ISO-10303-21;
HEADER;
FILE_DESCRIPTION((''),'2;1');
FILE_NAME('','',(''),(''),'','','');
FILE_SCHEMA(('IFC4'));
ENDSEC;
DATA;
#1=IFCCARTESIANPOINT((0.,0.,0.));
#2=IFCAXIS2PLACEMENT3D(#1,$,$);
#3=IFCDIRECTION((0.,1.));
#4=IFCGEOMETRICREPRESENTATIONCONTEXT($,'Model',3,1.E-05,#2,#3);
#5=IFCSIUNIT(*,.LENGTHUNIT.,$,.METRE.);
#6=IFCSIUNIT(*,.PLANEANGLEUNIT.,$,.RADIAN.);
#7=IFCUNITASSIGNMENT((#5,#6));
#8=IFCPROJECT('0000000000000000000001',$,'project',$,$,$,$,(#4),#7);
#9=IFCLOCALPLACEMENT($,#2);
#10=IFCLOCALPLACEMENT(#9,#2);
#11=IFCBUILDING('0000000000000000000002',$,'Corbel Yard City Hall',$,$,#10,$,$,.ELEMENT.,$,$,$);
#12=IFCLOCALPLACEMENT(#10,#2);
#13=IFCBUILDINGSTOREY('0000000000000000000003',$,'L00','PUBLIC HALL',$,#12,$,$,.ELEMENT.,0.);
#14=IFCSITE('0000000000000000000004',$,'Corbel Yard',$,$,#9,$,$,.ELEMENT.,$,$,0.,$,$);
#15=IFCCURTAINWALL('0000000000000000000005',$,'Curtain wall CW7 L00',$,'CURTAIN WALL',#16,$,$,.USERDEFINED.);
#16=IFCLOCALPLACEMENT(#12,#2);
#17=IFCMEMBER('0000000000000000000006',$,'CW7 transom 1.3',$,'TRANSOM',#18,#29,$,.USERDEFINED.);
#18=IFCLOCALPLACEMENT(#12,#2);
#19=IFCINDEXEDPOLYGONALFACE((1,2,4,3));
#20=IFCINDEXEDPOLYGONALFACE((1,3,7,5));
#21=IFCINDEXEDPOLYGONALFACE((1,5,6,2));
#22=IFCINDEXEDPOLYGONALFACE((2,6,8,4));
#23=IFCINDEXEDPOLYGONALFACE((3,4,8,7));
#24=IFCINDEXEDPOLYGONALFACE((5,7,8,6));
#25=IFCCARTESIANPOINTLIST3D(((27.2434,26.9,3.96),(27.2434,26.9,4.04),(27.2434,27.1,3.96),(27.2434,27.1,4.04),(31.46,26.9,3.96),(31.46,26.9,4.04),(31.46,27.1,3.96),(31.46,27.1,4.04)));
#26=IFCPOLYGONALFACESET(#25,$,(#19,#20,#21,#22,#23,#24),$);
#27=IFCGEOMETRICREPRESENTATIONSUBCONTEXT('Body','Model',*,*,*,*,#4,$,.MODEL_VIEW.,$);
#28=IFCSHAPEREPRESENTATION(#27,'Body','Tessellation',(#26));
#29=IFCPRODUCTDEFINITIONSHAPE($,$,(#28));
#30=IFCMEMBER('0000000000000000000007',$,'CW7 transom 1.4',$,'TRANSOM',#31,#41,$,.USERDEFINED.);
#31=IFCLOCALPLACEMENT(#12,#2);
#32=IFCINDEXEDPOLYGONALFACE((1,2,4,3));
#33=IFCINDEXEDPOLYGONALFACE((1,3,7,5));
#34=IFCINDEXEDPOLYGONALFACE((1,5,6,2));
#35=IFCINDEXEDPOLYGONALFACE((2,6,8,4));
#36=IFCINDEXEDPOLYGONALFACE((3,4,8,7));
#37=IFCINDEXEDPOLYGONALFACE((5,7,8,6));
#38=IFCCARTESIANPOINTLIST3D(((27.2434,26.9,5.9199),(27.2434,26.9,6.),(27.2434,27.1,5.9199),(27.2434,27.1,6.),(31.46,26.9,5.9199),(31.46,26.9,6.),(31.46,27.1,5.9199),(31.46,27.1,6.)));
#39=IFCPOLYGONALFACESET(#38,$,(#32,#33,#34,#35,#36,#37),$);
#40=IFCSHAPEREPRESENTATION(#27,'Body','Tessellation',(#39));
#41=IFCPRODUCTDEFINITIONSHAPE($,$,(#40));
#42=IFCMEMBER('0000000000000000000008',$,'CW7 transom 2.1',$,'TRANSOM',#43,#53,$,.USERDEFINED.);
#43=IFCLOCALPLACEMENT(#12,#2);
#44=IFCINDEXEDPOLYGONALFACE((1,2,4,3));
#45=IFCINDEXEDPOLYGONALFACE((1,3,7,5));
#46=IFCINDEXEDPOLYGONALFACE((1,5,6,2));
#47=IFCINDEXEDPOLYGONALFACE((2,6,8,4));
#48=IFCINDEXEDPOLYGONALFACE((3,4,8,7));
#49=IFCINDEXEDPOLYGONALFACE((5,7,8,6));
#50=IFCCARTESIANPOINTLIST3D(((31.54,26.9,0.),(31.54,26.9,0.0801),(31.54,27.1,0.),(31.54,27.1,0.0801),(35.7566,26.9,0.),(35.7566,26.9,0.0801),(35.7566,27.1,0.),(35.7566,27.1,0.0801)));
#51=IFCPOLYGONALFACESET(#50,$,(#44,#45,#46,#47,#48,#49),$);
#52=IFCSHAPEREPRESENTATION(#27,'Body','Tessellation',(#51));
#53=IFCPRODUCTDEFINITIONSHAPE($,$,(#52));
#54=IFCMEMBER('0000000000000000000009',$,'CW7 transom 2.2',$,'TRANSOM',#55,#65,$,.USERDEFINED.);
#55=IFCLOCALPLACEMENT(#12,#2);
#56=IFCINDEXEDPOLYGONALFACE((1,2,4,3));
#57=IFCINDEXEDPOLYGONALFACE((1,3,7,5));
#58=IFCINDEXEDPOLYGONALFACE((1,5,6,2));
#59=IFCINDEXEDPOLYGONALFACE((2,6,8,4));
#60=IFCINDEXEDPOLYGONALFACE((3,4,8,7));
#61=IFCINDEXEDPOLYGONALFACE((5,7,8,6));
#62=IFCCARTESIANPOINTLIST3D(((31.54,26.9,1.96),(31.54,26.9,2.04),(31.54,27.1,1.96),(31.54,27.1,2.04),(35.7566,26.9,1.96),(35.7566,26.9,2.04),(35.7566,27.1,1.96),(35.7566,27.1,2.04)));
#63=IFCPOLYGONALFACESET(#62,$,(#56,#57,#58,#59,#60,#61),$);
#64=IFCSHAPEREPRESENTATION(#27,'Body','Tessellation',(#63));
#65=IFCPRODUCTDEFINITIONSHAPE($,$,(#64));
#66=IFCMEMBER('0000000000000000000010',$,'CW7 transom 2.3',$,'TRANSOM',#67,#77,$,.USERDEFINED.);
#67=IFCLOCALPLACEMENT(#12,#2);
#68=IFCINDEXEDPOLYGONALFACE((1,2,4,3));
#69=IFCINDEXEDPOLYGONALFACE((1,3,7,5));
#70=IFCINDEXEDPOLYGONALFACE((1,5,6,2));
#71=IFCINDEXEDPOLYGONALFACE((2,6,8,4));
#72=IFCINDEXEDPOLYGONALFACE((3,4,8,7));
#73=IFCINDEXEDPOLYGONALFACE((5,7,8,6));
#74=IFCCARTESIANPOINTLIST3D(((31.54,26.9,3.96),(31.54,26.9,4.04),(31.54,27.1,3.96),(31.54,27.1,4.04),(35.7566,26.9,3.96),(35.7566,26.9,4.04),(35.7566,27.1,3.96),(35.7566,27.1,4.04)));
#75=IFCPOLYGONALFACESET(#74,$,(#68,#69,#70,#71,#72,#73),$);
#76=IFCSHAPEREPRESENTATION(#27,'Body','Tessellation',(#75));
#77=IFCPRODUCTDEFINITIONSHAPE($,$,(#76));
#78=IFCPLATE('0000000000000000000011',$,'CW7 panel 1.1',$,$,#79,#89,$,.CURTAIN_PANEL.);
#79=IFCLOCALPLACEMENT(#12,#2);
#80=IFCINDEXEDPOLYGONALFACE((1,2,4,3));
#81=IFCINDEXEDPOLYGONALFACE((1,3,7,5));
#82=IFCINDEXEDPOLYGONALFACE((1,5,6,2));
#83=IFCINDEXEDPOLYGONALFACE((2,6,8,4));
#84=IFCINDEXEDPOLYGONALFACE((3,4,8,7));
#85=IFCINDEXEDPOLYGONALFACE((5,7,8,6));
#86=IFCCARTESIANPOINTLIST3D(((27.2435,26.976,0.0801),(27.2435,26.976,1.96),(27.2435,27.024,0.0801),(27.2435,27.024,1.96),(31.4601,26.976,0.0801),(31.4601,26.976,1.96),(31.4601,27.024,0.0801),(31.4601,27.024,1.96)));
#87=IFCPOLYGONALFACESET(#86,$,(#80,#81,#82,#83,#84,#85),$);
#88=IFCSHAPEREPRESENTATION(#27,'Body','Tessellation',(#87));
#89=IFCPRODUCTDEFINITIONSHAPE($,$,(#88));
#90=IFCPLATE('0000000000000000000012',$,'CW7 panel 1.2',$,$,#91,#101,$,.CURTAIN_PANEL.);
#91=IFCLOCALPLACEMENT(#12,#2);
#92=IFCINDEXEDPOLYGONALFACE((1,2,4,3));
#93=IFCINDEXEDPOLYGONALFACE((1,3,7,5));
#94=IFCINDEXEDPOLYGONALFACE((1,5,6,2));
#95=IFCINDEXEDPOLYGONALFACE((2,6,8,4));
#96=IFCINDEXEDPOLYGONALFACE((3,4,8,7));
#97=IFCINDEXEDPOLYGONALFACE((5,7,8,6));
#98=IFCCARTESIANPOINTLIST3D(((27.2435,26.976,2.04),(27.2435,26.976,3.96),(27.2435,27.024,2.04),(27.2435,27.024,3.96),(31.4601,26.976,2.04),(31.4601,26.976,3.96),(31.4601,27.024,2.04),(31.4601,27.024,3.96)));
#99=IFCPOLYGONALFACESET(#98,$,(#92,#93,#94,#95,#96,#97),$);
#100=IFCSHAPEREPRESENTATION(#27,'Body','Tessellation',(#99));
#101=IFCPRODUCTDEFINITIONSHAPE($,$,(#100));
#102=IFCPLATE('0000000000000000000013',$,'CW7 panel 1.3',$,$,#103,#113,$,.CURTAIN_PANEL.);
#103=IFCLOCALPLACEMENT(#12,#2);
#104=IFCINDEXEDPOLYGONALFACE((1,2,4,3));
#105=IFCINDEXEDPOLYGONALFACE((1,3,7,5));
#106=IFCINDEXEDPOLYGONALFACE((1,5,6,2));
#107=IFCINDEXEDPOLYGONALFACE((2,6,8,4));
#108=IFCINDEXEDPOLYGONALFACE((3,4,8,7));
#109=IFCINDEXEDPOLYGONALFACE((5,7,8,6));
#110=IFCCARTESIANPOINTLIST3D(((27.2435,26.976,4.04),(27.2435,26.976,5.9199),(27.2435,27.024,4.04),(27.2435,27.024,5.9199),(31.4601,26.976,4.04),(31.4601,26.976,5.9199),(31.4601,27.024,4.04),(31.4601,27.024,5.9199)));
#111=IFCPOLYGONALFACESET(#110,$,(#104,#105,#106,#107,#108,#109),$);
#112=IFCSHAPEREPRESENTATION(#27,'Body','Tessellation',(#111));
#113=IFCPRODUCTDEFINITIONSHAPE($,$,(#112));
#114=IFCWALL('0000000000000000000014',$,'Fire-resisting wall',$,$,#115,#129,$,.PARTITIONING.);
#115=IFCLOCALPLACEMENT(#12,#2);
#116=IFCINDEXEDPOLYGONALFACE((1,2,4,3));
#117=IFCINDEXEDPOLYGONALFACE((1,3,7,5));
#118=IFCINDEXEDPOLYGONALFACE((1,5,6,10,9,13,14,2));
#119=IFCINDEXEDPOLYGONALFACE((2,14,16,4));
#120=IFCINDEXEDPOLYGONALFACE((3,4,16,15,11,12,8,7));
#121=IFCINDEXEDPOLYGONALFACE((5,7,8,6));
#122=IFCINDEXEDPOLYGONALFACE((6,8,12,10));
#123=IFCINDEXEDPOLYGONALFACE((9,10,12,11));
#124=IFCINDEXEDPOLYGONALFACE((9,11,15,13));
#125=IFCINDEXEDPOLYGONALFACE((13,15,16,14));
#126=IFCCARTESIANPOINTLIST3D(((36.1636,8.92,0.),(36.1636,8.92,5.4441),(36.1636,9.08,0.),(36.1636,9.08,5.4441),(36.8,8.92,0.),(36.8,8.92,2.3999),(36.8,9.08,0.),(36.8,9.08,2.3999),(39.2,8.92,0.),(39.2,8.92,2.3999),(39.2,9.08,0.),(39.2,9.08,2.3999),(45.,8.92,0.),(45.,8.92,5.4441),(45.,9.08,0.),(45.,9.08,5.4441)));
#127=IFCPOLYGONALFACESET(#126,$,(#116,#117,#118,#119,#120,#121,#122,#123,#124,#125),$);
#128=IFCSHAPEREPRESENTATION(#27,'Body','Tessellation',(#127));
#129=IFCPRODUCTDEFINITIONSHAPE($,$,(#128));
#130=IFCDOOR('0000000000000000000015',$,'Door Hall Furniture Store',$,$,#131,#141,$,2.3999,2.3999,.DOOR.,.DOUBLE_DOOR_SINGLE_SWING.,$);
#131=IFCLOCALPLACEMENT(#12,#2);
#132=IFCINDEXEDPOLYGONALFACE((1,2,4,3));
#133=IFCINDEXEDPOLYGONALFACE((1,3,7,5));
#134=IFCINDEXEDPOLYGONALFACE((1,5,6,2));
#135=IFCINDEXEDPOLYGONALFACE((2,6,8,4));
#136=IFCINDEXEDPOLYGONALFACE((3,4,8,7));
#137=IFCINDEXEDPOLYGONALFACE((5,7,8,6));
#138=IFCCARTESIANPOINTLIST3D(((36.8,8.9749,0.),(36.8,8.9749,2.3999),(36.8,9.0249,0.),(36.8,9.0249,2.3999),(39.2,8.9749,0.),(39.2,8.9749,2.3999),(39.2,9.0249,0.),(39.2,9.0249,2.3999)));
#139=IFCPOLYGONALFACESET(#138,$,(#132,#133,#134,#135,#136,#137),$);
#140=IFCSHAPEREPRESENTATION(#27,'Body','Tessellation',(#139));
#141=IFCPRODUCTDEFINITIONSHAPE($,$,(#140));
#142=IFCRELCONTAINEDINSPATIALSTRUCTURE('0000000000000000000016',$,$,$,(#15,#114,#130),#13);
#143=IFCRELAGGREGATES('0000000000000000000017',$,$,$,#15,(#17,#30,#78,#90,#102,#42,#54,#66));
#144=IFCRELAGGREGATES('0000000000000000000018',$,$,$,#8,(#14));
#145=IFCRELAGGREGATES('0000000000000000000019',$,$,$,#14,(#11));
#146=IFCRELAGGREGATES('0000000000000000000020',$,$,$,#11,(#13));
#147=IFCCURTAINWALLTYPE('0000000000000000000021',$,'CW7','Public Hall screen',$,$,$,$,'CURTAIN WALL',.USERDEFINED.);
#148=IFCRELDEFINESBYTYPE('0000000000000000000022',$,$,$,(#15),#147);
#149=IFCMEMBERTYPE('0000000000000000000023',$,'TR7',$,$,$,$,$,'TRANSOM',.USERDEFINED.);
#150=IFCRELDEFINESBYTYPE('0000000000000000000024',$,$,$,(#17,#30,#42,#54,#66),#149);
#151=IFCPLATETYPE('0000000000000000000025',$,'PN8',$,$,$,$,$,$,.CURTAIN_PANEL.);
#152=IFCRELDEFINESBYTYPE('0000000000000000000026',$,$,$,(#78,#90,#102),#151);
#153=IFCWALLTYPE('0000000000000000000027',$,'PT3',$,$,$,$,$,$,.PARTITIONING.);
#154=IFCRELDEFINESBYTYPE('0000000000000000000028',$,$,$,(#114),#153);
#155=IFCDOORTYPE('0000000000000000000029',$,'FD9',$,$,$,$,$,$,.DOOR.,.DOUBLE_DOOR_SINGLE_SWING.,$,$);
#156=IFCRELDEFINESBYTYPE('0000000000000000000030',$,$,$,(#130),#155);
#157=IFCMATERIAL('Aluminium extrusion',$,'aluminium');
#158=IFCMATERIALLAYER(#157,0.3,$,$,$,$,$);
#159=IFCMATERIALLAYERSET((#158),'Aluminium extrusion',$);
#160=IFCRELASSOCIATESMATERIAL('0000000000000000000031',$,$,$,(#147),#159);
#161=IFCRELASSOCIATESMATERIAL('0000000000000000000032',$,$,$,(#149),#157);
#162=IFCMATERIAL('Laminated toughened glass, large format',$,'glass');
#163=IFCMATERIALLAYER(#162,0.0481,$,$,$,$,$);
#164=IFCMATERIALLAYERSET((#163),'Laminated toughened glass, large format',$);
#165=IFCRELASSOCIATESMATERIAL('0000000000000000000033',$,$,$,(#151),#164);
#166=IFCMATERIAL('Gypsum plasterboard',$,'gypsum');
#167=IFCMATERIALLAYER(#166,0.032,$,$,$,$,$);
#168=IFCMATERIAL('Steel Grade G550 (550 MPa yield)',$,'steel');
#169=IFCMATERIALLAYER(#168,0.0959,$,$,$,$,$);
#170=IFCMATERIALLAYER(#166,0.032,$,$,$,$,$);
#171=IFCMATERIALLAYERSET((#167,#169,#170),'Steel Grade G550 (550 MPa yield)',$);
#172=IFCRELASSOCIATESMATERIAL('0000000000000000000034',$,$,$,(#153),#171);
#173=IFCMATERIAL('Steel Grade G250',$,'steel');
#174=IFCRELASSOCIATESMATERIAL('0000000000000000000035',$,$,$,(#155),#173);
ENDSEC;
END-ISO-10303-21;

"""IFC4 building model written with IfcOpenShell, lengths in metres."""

from ifc_helpers import new_model, si_unit, direction, frame, frame_2d, origin, origin_2d, place, context, subcontext, project, spatial, rectangle, extrude, material, layer, layer_set, material_profile, profile_set, type_object, element, fill, aggregate, save


model = new_model("IFC4")

# Units and contexts
model_context = context("Model", 3, precision=1e-05, world=origin(), true_north=direction((0.0, 1.0)))
body_context = subcontext(model_context, "Body", "Model", "MODEL_VIEW")
ifc_project = project(units=[si_unit("LENGTHUNIT", "METRE"), si_unit("PLANEANGLEUNIT", "RADIAN")], contexts=[model_context])

# Site, building, storey
site_placement = place(None, origin())
site = spatial("IfcSite", under=ifc_project, at=site_placement, Name="Corbel Yard", CompositionType="ELEMENT", RefElevation=0.0)
building_placement = place(site_placement, origin())
building = spatial("IfcBuilding", under=site, at=building_placement, Name="Corbel Yard City Hall", CompositionType="ELEMENT")
storey_placement = place(building_placement, origin())
storey = spatial("IfcBuildingStorey", under=building, at=storey_placement, Name="L00", Description="PUBLIC HALL", CompositionType="ELEMENT", Elevation=0.0)

# Curtain wall, members, plates
ifc_material_1 = material(Name="Aluminium extrusion", Category="aluminium")
ifc_layer_1 = layer(ifc_material_1, 0.3)
ifc_layer_set_1 = layer_set([ifc_layer_1], Name="Aluminium extrusion")
curtain_wall_type = type_object("IfcCurtainWallType", Name="CW7", Description="Public Hall screen", ElementType="CURTAIN WALL", PredefinedType="USERDEFINED", material=ifc_layer_set_1)
curtain_wall_placement = place(storey_placement, origin())
curtain_wall = element("IfcCurtainWall", 1, at=curtain_wall_placement, inside=storey, type_object=curtain_wall_type, Name="Curtain wall CW7 L00", ObjectType="CURTAIN WALL", PredefinedType="USERDEFINED")
ifc_material_profile_1 = material_profile(ifc_material_1, rectangle(XDim=0.2, YDim=0.0801, at=origin_2d()), Name="200x80")
ifc_profile_set_1 = profile_set([ifc_material_profile_1], Name="Aluminium extrusion")
member_type_1 = type_object("IfcMemberType", Name="TR7", ElementType="TRANSOM", PredefinedType="USERDEFINED", material=ifc_profile_set_1)
member_1_placement = place(storey_placement, frame((27.2434, 27.0, 4.0), z_axis=(1.0, 0.0, 0.0), x_axis=(0.0, 1.0, 0.0)))
member_1 = element("IfcMember", 2, at=member_1_placement, type_object=member_type_1, Name="CW7 transom 1.3", ObjectType="TRANSOM", PredefinedType="USERDEFINED", context=body_context, shape_type="SweptSolid", body=[
    extrude(rectangle(XDim=0.2, YDim=0.0801, at=origin_2d()), origin(), (0.0, 0.0, 1.0), 4.2166),
])
member_2_placement = place(storey_placement, frame((27.2434, 27.0, 5.96), z_axis=(1.0, 0.0, 0.0), x_axis=(0.0, 1.0, 0.0)))
member_2 = element("IfcMember", 3, at=member_2_placement, type_object=member_type_1, Name="CW7 transom 1.4", ObjectType="TRANSOM", PredefinedType="USERDEFINED", context=body_context, shape_type="SweptSolid", body=[
    extrude(rectangle(XDim=0.2, YDim=0.0801, at=origin_2d()), origin(), (0.0, 0.0, 1.0), 4.2166),
])
member_3_placement = place(storey_placement, frame((31.54, 27.0, 0.04), z_axis=(1.0, 0.0, 0.0), x_axis=(0.0, 1.0, 0.0)))
member_3 = element("IfcMember", 4, at=member_3_placement, type_object=member_type_1, Name="CW7 transom 2.1", ObjectType="TRANSOM", PredefinedType="USERDEFINED", context=body_context, shape_type="SweptSolid", body=[
    extrude(rectangle(XDim=0.2, YDim=0.0801, at=origin_2d()), origin(), (0.0, 0.0, 1.0), 4.2166),
])
member_4_placement = place(storey_placement, frame((31.54, 27.0, 2.0), z_axis=(1.0, 0.0, 0.0), x_axis=(0.0, 1.0, 0.0)))
member_4 = element("IfcMember", 5, at=member_4_placement, type_object=member_type_1, Name="CW7 transom 2.2", ObjectType="TRANSOM", PredefinedType="USERDEFINED", context=body_context, shape_type="SweptSolid", body=[
    extrude(rectangle(XDim=0.2, YDim=0.0801, at=origin_2d()), origin(), (0.0, 0.0, 1.0), 4.2166),
])
member_5_placement = place(storey_placement, frame((31.54, 27.0, 4.0), z_axis=(1.0, 0.0, 0.0), x_axis=(0.0, 1.0, 0.0)))
member_5 = element("IfcMember", 6, at=member_5_placement, type_object=member_type_1, Name="CW7 transom 2.3", ObjectType="TRANSOM", PredefinedType="USERDEFINED", context=body_context, shape_type="SweptSolid", body=[
    extrude(rectangle(XDim=0.2, YDim=0.0801, at=origin_2d()), origin(), (0.0, 0.0, 1.0), 4.2166),
])
ifc_material_2 = material(Name="Laminated toughened glass, large format", Category="glass")
ifc_layer_2 = layer(ifc_material_2, 0.0481)
ifc_layer_set_2 = layer_set([ifc_layer_2], Name="Laminated toughened glass, large format")
plate_type = type_object("IfcPlateType", Name="PN8", PredefinedType="CURTAIN_PANEL", material=ifc_layer_set_2)
plate_1_placement = place(storey_placement, frame((29.3518, 27.0, 0.0801), z_axis=(0.0, 0.0, 1.0), x_axis=(1.0, 0.0, 0.0)))
plate_1 = element("IfcPlate", 7, at=plate_1_placement, type_object=plate_type, Name="CW7 panel 1.1", PredefinedType="CURTAIN_PANEL", context=body_context, shape_type="SweptSolid", body=[
    extrude(rectangle(XDim=4.2166, YDim=0.0481, at=origin_2d()), origin(), (0.0, 0.0, 1.0), 1.8799),
])
plate_2_placement = place(storey_placement, frame((29.3518, 27.0, 2.04), z_axis=(0.0, 0.0, 1.0), x_axis=(1.0, 0.0, 0.0)))
plate_2 = element("IfcPlate", 8, at=plate_2_placement, type_object=plate_type, Name="CW7 panel 1.2", PredefinedType="CURTAIN_PANEL", context=body_context, shape_type="SweptSolid", body=[
    extrude(rectangle(XDim=4.2166, YDim=0.0481, at=origin_2d()), origin(), (0.0, 0.0, 1.0), 1.9199),
])
plate_3_placement = place(storey_placement, frame((29.3518, 27.0, 4.04), z_axis=(0.0, 0.0, 1.0), x_axis=(1.0, 0.0, 0.0)))
plate_3 = element("IfcPlate", 9, at=plate_3_placement, type_object=plate_type, Name="CW7 panel 1.3", PredefinedType="CURTAIN_PANEL", context=body_context, shape_type="SweptSolid", body=[
    extrude(rectangle(XDim=4.2166, YDim=0.0481, at=origin_2d()), origin(), (0.0, 0.0, 1.0), 1.8799),
])
aggregate(curtain_wall, [member_1, member_2, plate_1, plate_2, plate_3, member_3, member_4, member_5])

# Wall, opening, door
ifc_material_3 = material(Name="Gypsum plasterboard", Category="gypsum")
ifc_layer_3 = layer(ifc_material_3, 0.032)
ifc_material_4 = material(Name="Steel Grade G550 (550 MPa yield)", Category="steel")
ifc_layer_4 = layer(ifc_material_4, 0.0959)
ifc_layer_5 = layer(ifc_material_3, 0.032)
ifc_layer_set_3 = layer_set([ifc_layer_3, ifc_layer_4, ifc_layer_5], Name="Steel Grade G550 (550 MPa yield)")
wall_type = type_object("IfcWallType", Name="PT3", PredefinedType="PARTITIONING", material=ifc_layer_set_3)
wall_placement = place(storey_placement, frame((36.1636, 9.0, 0.0), z_axis=(0.0, 0.0, 1.0), x_axis=(1.0, 0.0, 0.0)))
wall = element("IfcWall", 10, at=wall_placement, inside=storey, type_object=wall_type, Name="Fire-resisting wall", PredefinedType="PARTITIONING", context=body_context, shape_type="SweptSolid", body=[
    extrude(rectangle(XDim=8.8364, YDim=0.1599, at=frame_2d((4.4182, 0.0))), origin(), (0.0, 0.0, 1.0), 5.4441),
])
opening_placement = place(wall_placement, frame((0.6365, 0.0, 0.0)))
opening = element("IfcOpeningElement", 11, at=opening_placement, cuts=wall, PredefinedType="OPENING", context=body_context, shape_type="SweptSolid", body=[
    extrude(rectangle(XDim=2.3999, YDim=2.3999, at=frame_2d((1.2, 1.2))), frame((0.0, 0.0898, 0.0), z_axis=(0.0, -1.0, 0.0), x_axis=(1.0, 0.0, 0.0)), (0.0, 0.0, 1.0), 0.1799),
])
ifc_material_5 = material(Name="Steel Grade G250", Category="steel")
door_type = type_object("IfcDoorType", Name="FD9", OperationType="DOUBLE_DOOR_SINGLE_SWING", PredefinedType="DOOR", material=ifc_material_5)
door_placement = place(opening_placement, origin())
door = element("IfcDoor", 12, at=door_placement, inside=storey, type_object=door_type, Name="Door Hall Furniture Store", OperationType="DOUBLE_DOOR_SINGLE_SWING", OverallHeight=2.3999, OverallWidth=2.3999, PredefinedType="DOOR", context=body_context, shape_type="SweptSolid", body=[
    extrude(rectangle(XDim=2.3999, YDim=2.3999, at=frame_2d((1.2, 1.2))), frame((0.0, 0.0249, 0.0), z_axis=(0.0, -1.0, 0.0), x_axis=(1.0, 0.0, 0.0)), (0.0, 0.0, 1.0), 0.05),
])
fill(opening, door)

save(model, "model.ifc")
